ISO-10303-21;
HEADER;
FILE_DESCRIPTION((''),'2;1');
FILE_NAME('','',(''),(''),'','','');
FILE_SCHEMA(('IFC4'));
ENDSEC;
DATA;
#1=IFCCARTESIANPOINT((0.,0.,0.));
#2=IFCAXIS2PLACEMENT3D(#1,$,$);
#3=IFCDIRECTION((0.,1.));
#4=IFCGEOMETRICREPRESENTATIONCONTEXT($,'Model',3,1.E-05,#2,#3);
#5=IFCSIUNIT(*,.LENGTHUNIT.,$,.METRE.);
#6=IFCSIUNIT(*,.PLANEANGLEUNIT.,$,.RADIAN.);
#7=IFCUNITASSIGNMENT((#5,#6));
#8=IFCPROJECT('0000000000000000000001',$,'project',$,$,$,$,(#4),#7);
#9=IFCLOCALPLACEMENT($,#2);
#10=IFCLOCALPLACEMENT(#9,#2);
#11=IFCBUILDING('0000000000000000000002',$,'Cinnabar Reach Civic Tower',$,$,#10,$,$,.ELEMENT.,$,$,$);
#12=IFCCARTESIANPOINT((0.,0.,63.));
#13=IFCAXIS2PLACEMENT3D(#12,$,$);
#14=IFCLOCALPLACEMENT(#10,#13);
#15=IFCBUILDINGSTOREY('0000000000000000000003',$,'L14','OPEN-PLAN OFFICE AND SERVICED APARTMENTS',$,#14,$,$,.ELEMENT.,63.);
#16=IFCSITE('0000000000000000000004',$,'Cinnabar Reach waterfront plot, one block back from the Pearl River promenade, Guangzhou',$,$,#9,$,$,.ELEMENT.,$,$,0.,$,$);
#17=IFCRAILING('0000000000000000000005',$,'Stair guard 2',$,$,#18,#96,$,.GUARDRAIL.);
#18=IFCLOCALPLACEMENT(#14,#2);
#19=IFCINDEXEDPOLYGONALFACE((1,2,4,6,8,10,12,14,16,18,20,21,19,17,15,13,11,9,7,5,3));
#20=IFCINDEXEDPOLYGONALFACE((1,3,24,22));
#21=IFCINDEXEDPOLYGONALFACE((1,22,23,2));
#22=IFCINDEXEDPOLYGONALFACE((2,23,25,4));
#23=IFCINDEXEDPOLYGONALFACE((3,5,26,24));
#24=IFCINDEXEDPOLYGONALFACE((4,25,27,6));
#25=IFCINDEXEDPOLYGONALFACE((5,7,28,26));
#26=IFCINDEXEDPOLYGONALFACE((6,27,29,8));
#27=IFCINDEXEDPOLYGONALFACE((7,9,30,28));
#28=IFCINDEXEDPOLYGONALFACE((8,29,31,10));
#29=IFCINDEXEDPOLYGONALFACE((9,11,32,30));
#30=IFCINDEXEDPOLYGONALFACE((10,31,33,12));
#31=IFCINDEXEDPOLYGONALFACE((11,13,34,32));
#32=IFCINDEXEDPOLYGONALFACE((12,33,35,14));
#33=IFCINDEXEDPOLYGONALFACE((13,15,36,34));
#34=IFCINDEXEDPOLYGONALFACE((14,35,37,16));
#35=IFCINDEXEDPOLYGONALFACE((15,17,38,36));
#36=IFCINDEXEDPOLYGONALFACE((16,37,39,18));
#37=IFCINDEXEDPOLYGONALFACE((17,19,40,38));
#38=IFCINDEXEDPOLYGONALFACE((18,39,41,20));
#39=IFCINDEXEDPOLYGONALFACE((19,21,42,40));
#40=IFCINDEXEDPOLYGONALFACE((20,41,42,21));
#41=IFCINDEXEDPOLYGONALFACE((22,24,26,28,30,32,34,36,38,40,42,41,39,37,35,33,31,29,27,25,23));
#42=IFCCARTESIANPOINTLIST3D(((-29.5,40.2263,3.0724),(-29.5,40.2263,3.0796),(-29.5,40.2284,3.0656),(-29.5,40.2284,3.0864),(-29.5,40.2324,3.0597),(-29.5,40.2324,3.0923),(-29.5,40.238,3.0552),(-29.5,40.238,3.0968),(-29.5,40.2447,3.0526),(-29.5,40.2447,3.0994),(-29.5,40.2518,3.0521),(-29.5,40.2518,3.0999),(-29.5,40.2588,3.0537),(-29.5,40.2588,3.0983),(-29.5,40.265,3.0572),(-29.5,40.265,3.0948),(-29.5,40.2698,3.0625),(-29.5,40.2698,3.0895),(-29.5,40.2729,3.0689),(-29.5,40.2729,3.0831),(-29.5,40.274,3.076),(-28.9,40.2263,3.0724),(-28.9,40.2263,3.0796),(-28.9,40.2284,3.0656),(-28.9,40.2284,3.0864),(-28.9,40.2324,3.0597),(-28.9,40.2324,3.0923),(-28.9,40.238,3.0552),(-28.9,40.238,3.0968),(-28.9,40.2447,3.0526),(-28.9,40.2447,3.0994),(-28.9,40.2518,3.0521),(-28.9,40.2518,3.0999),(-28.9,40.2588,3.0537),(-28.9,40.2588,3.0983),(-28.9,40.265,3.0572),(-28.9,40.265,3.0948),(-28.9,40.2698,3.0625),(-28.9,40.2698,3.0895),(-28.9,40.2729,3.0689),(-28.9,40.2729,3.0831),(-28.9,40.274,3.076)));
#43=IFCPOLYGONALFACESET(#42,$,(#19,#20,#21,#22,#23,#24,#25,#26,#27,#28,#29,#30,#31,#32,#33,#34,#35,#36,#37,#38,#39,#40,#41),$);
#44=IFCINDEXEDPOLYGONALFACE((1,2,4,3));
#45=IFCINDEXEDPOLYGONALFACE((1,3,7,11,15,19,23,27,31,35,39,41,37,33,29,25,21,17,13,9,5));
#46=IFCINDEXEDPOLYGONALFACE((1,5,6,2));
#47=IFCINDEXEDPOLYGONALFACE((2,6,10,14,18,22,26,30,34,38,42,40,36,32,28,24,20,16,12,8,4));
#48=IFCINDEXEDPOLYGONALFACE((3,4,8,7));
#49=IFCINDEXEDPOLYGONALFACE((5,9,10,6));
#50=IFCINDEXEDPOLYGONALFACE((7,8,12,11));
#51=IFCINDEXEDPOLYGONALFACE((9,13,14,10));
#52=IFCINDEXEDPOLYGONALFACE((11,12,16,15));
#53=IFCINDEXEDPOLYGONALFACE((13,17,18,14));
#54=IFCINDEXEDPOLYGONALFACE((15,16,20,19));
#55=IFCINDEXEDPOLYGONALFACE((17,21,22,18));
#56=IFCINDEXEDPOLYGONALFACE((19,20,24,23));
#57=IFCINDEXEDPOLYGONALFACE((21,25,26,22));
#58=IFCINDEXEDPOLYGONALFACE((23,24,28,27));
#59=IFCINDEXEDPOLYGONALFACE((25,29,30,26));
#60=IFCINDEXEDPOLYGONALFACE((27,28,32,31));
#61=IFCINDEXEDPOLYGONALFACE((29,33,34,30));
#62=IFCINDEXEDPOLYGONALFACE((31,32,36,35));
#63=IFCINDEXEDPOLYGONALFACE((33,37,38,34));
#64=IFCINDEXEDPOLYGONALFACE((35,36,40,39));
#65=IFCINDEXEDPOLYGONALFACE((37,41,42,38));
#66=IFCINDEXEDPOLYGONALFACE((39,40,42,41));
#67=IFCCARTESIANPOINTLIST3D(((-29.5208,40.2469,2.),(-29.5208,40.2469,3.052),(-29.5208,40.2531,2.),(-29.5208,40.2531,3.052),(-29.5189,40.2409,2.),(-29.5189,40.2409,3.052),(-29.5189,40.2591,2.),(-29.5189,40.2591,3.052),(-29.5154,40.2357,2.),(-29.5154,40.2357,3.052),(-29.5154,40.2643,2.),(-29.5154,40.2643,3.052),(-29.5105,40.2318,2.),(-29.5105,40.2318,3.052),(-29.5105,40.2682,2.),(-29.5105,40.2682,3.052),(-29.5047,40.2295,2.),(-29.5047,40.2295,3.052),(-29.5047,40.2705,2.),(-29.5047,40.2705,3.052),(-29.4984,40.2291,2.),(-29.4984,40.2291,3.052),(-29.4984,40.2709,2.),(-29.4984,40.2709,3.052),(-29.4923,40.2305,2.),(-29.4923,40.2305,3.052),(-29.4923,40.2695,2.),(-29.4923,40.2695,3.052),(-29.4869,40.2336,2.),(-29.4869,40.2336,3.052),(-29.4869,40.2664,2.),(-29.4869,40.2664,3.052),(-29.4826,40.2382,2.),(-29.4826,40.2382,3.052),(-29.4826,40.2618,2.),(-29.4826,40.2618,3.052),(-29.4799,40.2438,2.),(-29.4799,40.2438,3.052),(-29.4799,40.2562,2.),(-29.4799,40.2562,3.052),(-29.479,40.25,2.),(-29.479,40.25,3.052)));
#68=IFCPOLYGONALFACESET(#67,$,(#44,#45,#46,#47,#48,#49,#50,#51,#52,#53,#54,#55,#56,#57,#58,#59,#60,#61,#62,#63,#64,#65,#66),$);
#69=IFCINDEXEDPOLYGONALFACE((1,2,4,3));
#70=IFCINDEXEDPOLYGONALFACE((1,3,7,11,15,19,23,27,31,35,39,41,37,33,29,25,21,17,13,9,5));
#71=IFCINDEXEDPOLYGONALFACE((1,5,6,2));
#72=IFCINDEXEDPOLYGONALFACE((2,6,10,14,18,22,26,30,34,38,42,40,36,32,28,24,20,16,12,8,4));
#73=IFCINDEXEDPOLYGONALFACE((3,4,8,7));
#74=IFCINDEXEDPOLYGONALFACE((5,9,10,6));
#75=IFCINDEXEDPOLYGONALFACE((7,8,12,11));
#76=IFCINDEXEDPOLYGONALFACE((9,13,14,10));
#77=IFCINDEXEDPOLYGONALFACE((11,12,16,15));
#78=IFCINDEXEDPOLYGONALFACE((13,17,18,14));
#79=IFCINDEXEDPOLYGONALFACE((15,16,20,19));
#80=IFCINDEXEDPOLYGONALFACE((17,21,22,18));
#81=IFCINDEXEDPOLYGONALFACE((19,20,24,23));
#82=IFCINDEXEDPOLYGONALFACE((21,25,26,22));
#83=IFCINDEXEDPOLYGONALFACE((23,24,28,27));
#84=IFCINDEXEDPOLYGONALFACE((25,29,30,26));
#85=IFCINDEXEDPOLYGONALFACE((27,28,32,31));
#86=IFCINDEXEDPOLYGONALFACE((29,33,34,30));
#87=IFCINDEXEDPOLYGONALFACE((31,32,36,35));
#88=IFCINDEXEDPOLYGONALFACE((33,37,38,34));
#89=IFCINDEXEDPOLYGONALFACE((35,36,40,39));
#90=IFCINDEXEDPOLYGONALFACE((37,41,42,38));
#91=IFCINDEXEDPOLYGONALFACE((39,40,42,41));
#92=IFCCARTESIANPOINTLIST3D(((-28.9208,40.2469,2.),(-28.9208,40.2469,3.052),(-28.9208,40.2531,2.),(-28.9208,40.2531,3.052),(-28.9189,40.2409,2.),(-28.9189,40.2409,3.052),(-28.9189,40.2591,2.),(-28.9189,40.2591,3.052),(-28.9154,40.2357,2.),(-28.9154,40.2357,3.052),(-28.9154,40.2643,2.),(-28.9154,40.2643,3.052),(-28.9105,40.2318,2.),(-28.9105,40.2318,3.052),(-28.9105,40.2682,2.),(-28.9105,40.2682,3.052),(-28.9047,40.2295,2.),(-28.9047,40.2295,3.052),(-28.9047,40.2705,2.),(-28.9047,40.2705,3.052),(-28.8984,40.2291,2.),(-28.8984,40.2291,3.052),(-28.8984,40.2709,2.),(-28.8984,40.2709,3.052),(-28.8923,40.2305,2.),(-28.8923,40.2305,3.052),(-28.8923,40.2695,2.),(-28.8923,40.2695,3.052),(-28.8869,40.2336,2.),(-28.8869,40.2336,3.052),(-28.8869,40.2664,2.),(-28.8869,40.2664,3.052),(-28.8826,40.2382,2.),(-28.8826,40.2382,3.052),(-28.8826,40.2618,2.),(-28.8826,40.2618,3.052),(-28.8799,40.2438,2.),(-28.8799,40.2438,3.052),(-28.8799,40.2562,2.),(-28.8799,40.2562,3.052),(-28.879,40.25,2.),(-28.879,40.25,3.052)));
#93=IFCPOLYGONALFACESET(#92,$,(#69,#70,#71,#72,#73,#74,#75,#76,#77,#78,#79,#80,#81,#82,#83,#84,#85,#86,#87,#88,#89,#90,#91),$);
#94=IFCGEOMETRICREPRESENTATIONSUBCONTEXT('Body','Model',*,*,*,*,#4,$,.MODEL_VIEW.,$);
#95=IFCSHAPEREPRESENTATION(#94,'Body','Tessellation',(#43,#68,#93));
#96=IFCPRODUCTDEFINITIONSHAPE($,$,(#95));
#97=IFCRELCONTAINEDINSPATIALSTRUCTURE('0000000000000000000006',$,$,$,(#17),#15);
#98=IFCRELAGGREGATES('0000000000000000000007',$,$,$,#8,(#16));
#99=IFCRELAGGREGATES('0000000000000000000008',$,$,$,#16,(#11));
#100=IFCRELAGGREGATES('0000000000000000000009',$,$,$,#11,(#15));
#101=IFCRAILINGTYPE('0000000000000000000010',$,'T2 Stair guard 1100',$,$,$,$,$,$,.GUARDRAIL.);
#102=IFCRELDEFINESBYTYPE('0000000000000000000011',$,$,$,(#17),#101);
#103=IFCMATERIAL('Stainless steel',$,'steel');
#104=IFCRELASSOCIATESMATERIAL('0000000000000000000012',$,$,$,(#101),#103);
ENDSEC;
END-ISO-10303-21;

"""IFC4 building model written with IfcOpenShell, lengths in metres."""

from ifc_helpers import new_model, si_unit, direction, frame, origin, origin_2d, place, context, subcontext, project, spatial, circle, extrude, material, type_object, element, save


model = new_model("IFC4")

# Units and contexts
model_context = context("Model", 3, precision=1e-05, world=origin(), true_north=direction((0.0, 1.0)))
body_context = subcontext(model_context, "Body", "Model", "MODEL_VIEW")
ifc_project = project(units=[si_unit("LENGTHUNIT", "METRE"), si_unit("PLANEANGLEUNIT", "RADIAN")], contexts=[model_context])

# Site, building, storey
site_placement = place(None, origin())
site = spatial("IfcSite", under=ifc_project, at=site_placement, Name="Cinnabar Reach waterfront plot, one block back from the Pearl River promenade, Guangzhou", CompositionType="ELEMENT", RefElevation=0.0)
building_placement = place(site_placement, origin())
building = spatial("IfcBuilding", under=site, at=building_placement, Name="Cinnabar Reach Civic Tower", CompositionType="ELEMENT")
storey_placement = place(building_placement, frame((0.0, 0.0, 63.0)))
storey = spatial("IfcBuildingStorey", under=building, at=storey_placement, Name="L14", Description="OPEN-PLAN OFFICE AND SERVICED APARTMENTS", CompositionType="ELEMENT", Elevation=63.0)

# Railing
ifc_material_1 = material(Name="Stainless steel", Category="steel")
railing_type_1 = type_object("IfcRailingType", Name="T2 Stair guard 1100", PredefinedType="GUARDRAIL", material=ifc_material_1)
railing_1_placement = place(storey_placement, frame((-29.5, 40.25, 2.0)))
element("IfcRailing", 1, at=railing_1_placement, inside=storey, type_object=railing_type_1, Name="Stair guard 2", PredefinedType="GUARDRAIL", context=body_context, shape_type="SweptSolid", body=[
    extrude(circle(Radius=0.024, at=origin_2d()), frame((0.0, 0.0, 1.076), z_axis=(1.0, 0.0, 0.0), x_axis=(0.0, 1.0, 0.0)), (0.0, 0.0, 1.0), 0.6),
    extrude(circle(Radius=0.021, at=origin_2d()), origin(), (0.0, 0.0, 1.0), 1.052),
    extrude(circle(Radius=0.021, at=origin_2d()), frame((0.6, 0.0, 0.0)), (0.0, 0.0, 1.0), 1.052),
])

save(model, "model.ifc")
